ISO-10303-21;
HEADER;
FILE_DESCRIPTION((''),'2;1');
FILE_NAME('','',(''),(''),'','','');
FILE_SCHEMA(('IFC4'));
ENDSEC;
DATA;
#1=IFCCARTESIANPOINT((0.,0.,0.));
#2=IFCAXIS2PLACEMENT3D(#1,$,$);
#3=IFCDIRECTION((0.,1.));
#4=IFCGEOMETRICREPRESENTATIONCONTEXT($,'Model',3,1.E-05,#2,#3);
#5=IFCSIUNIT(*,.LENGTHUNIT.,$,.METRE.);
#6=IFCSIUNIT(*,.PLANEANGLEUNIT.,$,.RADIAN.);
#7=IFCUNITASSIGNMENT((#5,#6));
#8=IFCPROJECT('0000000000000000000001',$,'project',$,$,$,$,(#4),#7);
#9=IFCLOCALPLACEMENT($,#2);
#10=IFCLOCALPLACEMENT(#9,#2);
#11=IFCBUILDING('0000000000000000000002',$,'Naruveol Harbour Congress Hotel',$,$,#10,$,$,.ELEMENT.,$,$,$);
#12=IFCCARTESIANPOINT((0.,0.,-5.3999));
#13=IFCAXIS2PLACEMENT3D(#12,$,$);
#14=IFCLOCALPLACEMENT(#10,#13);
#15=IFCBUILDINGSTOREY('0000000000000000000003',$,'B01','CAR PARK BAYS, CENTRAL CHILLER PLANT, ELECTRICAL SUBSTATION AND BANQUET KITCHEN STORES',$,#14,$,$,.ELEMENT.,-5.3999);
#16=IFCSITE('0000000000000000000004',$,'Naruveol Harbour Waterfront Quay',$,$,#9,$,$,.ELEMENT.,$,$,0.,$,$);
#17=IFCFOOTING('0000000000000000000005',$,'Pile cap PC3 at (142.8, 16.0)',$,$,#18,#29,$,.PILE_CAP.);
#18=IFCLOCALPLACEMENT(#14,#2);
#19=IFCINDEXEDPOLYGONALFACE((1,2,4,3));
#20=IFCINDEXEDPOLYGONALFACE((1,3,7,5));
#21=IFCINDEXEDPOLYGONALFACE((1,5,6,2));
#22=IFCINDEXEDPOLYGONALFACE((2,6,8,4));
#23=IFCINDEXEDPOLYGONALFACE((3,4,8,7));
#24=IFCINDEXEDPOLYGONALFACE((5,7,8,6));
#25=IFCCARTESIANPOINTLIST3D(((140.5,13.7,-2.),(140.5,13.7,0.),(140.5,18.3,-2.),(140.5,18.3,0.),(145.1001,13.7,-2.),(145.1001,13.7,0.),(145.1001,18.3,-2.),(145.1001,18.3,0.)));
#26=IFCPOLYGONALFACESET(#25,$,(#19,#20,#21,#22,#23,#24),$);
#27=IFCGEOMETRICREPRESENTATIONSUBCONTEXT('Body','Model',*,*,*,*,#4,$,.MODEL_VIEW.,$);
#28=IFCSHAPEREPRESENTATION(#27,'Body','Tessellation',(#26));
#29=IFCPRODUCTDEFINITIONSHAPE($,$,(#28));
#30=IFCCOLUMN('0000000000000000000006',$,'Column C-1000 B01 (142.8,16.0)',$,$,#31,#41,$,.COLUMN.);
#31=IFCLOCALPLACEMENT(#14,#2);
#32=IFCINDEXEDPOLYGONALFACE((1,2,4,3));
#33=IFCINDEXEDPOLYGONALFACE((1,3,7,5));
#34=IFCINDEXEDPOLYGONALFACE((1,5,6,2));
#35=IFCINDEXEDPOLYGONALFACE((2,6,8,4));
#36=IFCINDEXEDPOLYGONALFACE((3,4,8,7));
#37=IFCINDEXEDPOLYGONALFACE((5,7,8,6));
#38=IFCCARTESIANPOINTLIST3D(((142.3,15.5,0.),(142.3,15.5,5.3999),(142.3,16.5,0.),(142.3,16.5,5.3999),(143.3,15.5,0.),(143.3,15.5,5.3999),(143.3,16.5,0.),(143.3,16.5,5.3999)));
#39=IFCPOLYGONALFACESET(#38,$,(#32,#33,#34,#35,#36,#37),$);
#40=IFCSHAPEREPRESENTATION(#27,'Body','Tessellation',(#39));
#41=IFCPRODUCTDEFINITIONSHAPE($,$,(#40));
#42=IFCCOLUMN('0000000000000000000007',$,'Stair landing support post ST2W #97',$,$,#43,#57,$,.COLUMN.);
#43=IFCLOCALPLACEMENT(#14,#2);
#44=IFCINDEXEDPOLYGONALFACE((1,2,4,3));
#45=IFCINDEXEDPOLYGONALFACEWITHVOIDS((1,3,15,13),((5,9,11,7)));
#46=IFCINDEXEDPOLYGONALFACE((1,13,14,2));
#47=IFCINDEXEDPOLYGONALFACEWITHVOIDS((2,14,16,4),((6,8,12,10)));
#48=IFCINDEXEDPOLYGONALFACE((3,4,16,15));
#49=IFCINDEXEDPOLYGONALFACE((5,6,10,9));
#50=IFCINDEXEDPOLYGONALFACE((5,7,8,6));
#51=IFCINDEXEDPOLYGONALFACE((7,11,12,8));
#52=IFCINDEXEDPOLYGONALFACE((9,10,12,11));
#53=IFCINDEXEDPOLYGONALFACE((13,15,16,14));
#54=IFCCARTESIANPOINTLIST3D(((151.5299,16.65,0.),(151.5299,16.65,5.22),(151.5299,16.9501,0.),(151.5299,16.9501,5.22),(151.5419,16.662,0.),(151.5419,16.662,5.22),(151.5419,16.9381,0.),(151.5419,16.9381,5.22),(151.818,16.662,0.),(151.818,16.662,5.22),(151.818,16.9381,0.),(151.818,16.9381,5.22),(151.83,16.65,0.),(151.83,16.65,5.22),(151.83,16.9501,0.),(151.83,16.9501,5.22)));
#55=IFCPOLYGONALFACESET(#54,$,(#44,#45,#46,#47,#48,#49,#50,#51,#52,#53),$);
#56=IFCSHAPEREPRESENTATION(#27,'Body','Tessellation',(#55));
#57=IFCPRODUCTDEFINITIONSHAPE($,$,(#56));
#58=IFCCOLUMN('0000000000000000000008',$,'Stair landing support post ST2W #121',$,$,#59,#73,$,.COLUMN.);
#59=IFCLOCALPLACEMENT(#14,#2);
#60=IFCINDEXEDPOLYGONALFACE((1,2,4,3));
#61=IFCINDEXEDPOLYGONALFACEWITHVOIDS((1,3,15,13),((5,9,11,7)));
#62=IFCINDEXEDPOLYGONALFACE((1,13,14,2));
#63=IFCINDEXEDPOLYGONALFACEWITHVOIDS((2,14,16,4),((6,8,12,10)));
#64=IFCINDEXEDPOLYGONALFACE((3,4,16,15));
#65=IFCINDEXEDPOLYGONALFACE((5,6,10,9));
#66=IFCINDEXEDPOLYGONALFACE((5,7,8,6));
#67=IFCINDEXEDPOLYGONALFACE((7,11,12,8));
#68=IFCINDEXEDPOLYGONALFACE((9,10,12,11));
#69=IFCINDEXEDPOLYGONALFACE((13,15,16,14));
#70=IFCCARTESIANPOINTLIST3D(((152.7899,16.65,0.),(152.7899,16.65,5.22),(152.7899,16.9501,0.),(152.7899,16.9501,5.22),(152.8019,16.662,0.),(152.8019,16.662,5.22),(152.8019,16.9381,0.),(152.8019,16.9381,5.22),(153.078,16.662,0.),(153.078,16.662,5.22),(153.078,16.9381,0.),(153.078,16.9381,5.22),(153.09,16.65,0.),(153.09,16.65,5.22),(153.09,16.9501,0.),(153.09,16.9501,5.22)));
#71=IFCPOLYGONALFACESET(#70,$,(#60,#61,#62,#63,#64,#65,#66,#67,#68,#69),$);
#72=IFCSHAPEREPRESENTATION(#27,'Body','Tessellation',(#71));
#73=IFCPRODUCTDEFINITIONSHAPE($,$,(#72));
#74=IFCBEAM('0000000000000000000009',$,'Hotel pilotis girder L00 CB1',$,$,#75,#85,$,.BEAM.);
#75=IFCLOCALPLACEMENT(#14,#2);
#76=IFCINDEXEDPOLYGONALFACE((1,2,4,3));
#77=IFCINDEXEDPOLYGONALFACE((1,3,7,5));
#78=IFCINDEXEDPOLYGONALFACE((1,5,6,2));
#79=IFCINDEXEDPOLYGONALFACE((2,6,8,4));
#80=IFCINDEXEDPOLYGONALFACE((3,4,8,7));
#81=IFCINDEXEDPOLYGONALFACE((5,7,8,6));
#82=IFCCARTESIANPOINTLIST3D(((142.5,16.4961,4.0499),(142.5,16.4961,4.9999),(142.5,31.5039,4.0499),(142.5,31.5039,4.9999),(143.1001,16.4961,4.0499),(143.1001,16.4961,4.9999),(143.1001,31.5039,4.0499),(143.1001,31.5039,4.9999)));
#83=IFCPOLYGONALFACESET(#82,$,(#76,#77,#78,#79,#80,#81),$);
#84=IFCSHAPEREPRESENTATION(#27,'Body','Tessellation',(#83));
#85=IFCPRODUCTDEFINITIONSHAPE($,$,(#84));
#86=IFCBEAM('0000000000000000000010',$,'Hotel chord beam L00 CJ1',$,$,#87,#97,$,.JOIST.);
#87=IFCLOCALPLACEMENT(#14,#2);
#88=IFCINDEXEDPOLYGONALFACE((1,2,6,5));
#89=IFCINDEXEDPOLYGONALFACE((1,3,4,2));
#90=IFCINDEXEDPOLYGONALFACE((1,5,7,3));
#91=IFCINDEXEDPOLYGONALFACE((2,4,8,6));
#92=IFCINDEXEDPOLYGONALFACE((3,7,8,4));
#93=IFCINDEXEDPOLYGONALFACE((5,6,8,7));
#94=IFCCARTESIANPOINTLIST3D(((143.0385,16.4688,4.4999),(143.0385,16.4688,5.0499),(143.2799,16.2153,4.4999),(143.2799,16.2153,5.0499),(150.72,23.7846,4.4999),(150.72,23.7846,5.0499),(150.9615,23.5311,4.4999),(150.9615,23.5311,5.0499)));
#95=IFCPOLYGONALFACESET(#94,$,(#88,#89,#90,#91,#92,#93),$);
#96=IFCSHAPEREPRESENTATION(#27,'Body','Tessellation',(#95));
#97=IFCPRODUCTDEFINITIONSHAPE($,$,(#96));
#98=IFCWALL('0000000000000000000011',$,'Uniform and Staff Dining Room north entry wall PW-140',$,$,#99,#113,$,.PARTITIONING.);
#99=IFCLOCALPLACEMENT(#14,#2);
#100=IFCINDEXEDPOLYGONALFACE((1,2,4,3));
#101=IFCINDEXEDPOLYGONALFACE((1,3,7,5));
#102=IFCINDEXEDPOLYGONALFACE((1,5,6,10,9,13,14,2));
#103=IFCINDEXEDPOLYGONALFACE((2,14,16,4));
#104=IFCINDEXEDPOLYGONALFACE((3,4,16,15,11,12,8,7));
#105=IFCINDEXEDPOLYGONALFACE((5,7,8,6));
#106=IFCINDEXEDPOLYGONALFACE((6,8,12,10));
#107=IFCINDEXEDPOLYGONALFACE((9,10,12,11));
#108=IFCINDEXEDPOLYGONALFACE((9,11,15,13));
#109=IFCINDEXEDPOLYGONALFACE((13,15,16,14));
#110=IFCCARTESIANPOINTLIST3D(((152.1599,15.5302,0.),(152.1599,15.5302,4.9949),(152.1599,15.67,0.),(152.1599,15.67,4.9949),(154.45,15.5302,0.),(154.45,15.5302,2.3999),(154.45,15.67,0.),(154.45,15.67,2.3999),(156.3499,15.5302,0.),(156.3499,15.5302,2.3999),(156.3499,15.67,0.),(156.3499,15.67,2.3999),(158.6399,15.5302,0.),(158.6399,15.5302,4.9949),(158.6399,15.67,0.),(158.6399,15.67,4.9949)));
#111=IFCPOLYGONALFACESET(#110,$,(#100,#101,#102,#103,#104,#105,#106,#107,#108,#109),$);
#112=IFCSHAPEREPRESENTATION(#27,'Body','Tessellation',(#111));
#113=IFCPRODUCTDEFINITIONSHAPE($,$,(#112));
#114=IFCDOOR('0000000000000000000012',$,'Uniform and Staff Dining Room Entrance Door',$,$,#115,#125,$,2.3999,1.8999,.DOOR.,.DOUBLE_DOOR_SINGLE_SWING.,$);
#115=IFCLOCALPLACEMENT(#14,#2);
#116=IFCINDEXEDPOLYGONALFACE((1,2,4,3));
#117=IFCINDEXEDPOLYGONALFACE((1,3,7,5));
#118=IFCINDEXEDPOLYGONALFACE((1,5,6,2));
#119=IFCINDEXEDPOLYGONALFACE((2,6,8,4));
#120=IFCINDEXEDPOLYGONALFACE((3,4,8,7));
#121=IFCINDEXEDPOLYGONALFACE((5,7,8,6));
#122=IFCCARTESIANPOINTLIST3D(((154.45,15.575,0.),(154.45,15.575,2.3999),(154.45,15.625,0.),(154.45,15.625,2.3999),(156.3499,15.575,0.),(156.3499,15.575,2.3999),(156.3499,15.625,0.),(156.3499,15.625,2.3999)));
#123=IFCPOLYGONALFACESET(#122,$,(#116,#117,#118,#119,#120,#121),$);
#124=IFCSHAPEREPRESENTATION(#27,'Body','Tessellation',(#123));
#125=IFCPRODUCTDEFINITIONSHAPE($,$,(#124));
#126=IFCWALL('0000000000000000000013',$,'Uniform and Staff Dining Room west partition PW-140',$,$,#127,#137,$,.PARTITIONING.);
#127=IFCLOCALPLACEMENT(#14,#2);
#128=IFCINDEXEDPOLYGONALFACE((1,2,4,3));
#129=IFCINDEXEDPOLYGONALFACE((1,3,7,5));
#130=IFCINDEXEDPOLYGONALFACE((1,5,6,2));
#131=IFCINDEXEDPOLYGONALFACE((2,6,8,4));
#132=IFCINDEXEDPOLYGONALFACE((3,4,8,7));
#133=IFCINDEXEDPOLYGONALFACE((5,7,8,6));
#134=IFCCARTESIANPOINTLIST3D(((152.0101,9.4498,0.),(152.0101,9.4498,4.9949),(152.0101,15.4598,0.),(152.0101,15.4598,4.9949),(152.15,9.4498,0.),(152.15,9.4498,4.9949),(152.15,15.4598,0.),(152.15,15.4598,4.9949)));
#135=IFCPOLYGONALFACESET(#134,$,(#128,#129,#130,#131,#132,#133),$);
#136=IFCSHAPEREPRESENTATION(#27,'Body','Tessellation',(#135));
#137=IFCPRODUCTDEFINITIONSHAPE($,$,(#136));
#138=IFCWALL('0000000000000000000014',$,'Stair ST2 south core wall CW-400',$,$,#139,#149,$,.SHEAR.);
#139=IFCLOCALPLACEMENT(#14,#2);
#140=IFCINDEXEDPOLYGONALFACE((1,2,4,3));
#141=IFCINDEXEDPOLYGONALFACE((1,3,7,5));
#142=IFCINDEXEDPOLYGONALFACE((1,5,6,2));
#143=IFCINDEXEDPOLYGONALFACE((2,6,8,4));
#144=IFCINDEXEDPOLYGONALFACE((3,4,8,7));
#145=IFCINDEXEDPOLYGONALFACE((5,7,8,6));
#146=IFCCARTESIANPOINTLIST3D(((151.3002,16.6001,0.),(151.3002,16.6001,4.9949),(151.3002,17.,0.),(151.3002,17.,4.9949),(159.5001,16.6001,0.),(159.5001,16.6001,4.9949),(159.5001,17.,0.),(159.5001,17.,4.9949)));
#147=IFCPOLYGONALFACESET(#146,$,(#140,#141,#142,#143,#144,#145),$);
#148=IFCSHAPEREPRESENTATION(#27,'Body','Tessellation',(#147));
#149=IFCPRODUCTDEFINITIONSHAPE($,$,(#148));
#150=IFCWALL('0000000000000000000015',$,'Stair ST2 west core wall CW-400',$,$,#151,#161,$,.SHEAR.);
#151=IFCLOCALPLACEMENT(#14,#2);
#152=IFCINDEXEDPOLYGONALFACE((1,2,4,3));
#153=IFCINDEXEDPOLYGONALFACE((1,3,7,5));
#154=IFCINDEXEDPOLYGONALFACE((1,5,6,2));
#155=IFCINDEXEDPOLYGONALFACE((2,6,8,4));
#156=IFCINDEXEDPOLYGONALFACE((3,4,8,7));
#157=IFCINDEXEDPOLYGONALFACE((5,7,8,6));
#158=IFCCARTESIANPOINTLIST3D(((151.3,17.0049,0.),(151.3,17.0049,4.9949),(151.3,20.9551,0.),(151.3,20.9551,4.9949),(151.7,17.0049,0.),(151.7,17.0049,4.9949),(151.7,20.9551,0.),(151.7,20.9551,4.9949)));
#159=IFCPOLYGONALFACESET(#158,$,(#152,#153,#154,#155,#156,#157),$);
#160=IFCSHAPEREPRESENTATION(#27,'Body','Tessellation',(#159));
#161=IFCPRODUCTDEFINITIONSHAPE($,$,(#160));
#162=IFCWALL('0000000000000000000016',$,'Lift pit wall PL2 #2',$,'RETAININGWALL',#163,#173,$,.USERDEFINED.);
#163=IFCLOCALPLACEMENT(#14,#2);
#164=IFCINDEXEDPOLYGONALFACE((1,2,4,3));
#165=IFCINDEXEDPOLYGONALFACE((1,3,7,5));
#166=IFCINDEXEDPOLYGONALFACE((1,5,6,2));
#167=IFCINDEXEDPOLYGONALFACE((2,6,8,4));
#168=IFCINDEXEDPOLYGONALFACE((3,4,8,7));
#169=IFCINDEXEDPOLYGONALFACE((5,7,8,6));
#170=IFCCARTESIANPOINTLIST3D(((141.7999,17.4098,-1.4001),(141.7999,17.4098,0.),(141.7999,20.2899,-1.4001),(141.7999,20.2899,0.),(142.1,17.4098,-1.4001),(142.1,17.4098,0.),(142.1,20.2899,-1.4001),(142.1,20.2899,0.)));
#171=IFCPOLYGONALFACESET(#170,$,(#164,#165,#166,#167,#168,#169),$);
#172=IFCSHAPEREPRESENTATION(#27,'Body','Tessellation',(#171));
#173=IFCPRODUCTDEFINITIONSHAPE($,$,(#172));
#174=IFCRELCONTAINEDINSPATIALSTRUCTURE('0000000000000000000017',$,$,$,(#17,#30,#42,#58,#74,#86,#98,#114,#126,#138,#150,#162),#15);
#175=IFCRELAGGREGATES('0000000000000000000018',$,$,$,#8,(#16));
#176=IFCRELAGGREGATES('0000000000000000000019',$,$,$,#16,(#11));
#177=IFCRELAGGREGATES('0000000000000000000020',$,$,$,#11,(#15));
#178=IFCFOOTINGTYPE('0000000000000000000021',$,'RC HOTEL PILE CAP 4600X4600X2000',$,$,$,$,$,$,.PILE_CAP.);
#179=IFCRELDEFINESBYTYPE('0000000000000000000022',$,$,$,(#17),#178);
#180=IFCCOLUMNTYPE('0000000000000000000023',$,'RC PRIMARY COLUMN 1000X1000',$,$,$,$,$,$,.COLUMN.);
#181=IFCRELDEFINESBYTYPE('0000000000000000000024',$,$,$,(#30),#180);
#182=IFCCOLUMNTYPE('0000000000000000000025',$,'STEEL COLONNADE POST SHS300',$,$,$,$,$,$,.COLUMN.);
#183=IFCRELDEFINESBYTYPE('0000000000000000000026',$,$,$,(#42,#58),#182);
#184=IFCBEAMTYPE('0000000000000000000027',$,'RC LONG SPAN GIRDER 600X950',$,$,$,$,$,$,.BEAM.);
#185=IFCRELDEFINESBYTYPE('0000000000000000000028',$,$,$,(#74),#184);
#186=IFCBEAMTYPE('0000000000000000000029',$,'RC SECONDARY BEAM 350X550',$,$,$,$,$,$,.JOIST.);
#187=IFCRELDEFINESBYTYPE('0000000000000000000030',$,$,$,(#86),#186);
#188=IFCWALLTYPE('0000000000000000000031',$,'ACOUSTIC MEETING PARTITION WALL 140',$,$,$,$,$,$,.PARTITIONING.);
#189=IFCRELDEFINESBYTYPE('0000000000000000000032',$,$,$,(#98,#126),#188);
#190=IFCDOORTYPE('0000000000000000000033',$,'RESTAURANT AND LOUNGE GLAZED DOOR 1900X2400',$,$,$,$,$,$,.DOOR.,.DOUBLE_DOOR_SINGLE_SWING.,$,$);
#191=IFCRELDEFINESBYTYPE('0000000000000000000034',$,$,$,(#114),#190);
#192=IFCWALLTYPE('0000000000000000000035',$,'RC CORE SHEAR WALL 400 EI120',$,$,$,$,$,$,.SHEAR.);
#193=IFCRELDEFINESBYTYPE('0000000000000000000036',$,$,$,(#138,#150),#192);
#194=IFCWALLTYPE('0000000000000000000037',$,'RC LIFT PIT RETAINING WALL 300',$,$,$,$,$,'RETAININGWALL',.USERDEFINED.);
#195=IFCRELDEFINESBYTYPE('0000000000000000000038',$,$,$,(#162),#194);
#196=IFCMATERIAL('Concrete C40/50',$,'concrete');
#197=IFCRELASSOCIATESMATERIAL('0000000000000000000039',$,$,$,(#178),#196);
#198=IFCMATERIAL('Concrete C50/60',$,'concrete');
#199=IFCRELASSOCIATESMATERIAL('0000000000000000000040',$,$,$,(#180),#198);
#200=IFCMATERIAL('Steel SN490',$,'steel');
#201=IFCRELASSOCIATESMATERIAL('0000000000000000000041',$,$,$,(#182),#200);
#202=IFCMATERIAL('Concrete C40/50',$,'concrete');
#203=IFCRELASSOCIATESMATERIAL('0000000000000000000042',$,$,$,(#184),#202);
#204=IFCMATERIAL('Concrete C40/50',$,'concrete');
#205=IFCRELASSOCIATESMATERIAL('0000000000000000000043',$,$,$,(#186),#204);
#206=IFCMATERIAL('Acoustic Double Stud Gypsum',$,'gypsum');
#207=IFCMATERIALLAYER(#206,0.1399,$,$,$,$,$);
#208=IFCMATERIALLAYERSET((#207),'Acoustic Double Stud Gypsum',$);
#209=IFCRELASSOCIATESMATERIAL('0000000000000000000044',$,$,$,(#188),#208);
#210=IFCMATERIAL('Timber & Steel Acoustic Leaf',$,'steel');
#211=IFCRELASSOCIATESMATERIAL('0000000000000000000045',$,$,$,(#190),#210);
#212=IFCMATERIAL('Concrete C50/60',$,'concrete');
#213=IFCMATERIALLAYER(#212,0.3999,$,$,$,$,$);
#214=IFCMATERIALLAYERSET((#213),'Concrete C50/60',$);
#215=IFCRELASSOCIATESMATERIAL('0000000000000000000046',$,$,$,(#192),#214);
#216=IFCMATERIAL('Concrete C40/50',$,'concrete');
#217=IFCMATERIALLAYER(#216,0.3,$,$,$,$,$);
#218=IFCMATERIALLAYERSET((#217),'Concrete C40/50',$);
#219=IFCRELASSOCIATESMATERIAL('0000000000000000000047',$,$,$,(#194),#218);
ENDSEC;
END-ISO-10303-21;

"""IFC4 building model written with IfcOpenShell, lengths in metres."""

from ifc_helpers import new_model, si_unit, direction, frame, frame_2d, origin, origin_2d, place, context, subcontext, project, spatial, rectangle, hollow_rectangle, extrude, material, layer, layer_set, material_profile, profile_set, type_object, element, fill, save


model = new_model("IFC4")

# Units and contexts
model_context = context("Model", 3, precision=1e-05, world=origin(), true_north=direction((0.0, 1.0)))
body_context = subcontext(model_context, "Body", "Model", "MODEL_VIEW")
ifc_project = project(units=[si_unit("LENGTHUNIT", "METRE"), si_unit("PLANEANGLEUNIT", "RADIAN")], contexts=[model_context])

# Site, building, storey
site_placement = place(None, origin())
site = spatial("IfcSite", under=ifc_project, at=site_placement, Name="Naruveol Harbour Waterfront Quay", CompositionType="ELEMENT", RefElevation=0.0)
building_placement = place(site_placement, origin())
building = spatial("IfcBuilding", under=site, at=building_placement, Name="Naruveol Harbour Congress Hotel", CompositionType="ELEMENT")
storey_placement = place(building_placement, frame((0.0, 0.0, -5.3999)))
storey = spatial("IfcBuildingStorey", under=building, at=storey_placement, Name="B01", Description="CAR PARK BAYS, CENTRAL CHILLER PLANT, ELECTRICAL SUBSTATION AND BANQUET KITCHEN STORES", CompositionType="ELEMENT", Elevation=-5.3999)

# Footing
ifc_material_1 = material(Name="Concrete C40/50", Category="concrete")
footing_type = type_object("IfcFootingType", Name="RC HOTEL PILE CAP 4600X4600X2000", PredefinedType="PILE_CAP", material=ifc_material_1)
footing_placement = place(storey_placement, frame((142.8, 16.0, -2.0), z_axis=(0.0, 0.0, 1.0), x_axis=(1.0, 0.0, 0.0)))
element("IfcFooting", 1, at=footing_placement, inside=storey, type_object=footing_type, Name="Pile cap PC3 at (142.8, 16.0)", PredefinedType="PILE_CAP", context=body_context, shape_type="SweptSolid", body=[
    extrude(rectangle(XDim=4.6001, YDim=4.6001, at=origin_2d()), origin(), (0.0, 0.0, 1.0), 2.0),
])

# Columns
ifc_material_2 = material(Name="Concrete C50/60", Category="concrete")
ifc_material_profile_1 = material_profile(ifc_material_2, rectangle(XDim=1.0, YDim=1.0, at=origin_2d()), Name="RC-1000x1000")
ifc_profile_set_1 = profile_set([ifc_material_profile_1], Name="Concrete C50/60")
column_type_1 = type_object("IfcColumnType", Name="RC PRIMARY COLUMN 1000X1000", PredefinedType="COLUMN", material=ifc_profile_set_1)
column_placement = place(storey_placement, frame((142.8, 16.0, 0.0), z_axis=(0.0, 0.0, 1.0), x_axis=(1.0, 0.0, 0.0)))
element("IfcColumn", 2, at=column_placement, inside=storey, type_object=column_type_1, Name="Column C-1000 B01 (142.8,16.0)", PredefinedType="COLUMN", context=body_context, shape_type="SweptSolid", body=[
    extrude(rectangle(XDim=1.0, YDim=1.0, at=origin_2d()), origin(), (0.0, 0.0, 1.0), 5.3999),
])
ifc_material_3 = material(Name="Steel SN490", Category="steel")
ifc_material_profile_2 = material_profile(ifc_material_3, hollow_rectangle(XDim=0.3, YDim=0.3, WallThickness=0.012, at=origin_2d()), Name="SHS-300x300x12")
ifc_profile_set_2 = profile_set([ifc_material_profile_2], Name="Steel SN490")
column_type_2 = type_object("IfcColumnType", Name="STEEL COLONNADE POST SHS300", PredefinedType="COLUMN", material=ifc_profile_set_2)
for number, where, z_axis, x_axis, name in (
    (3, (151.6799, 16.8, 0.0), (0.0, 0.0, 1.0), (1.0, 0.0, 0.0), "Stair landing support post ST2W #97"),
    (4, (152.9399, 16.8, 0.0), (0.0, 0.0, 1.0), (1.0, 0.0, 0.0), "Stair landing support post ST2W #121"),
):
    element("IfcColumn", number, at=place(storey_placement, frame(where, z_axis=z_axis, x_axis=x_axis)), inside=storey, type_object=column_type_2, Name=name, PredefinedType="COLUMN", context=body_context, shape_type="SweptSolid", body=[
        extrude(hollow_rectangle(XDim=0.3, YDim=0.3, WallThickness=0.012, at=origin_2d()), origin(), (0.0, 0.0, 1.0), 5.22),
    ])

# Beams
ifc_material_4 = material(Name="Concrete C40/50", Category="concrete")
ifc_material_profile_3 = material_profile(ifc_material_4, rectangle(XDim=0.6001, YDim=0.95, at=origin_2d()), Name="RCB-600x950")
ifc_profile_set_3 = profile_set([ifc_material_profile_3], Name="Concrete C40/50")
beam_type_1 = type_object("IfcBeamType", Name="RC LONG SPAN GIRDER 600X950", PredefinedType="BEAM", material=ifc_profile_set_3)
beam_1_placement = place(storey_placement, frame((142.8, 16.4961, 4.5249), z_axis=(0.0, 1.0, 0.0), x_axis=(-1.0, 0.0, 0.0)))
element("IfcBeam", 5, at=beam_1_placement, inside=storey, type_object=beam_type_1, Name="Hotel pilotis girder L00 CB1", PredefinedType="BEAM", context=body_context, shape_type="SweptSolid", body=[
    extrude(rectangle(XDim=0.6001, YDim=0.95, at=origin_2d()), origin(), (0.0, 0.0, 1.0), 15.0078),
])
ifc_material_5 = material(Name="Concrete C40/50", Category="concrete")
ifc_material_profile_4 = material_profile(ifc_material_5, rectangle(XDim=0.3501, YDim=0.55, at=origin_2d()), Name="RCB-350x550")
ifc_profile_set_4 = profile_set([ifc_material_profile_4], Name="Concrete C40/50")
beam_type_2 = type_object("IfcBeamType", Name="RC SECONDARY BEAM 350X550", PredefinedType="JOIST", material=ifc_profile_set_4)
beam_2_placement = place(storey_placement, frame((143.1592, 16.342, 4.7749), z_axis=(0.724135, 0.689659, 0.0), x_axis=(-0.689659, 0.724135, 0.0)))
element("IfcBeam", 6, at=beam_2_placement, inside=storey, type_object=beam_type_2, Name="Hotel chord beam L00 CJ1", PredefinedType="JOIST", context=body_context, shape_type="SweptSolid", body=[
    extrude(rectangle(XDim=0.3501, YDim=0.55, at=origin_2d()), origin(), (0.0, 0.0, 1.0), 10.6079),
])

# Wall, opening, door
ifc_material_6 = material(Name="Acoustic Double Stud Gypsum", Category="gypsum")
ifc_layer_1 = layer(ifc_material_6, 0.1399)
ifc_layer_set_1 = layer_set([ifc_layer_1], Name="Acoustic Double Stud Gypsum")
wall_type_1 = type_object("IfcWallType", Name="ACOUSTIC MEETING PARTITION WALL 140", PredefinedType="PARTITIONING", material=ifc_layer_set_1)
wall_1_placement = place(storey_placement, frame((152.1599, 15.6001, 0.0), z_axis=(0.0, 0.0, 1.0), x_axis=(1.0, 0.0, 0.0)))
wall_1 = element("IfcWall", 7, at=wall_1_placement, inside=storey, type_object=wall_type_1, Name="Uniform and Staff Dining Room north entry wall PW-140", PredefinedType="PARTITIONING", context=body_context, shape_type="SweptSolid", body=[
    extrude(rectangle(XDim=6.48, YDim=0.1399, at=frame_2d((3.24, 0.0))), origin(), (0.0, 0.0, 1.0), 4.9949),
])
opening_1_placement = place(wall_1_placement, frame((2.29, 0.0, 0.0)))
opening_1 = element("IfcOpeningElement", 8, at=opening_1_placement, cuts=wall_1, PredefinedType="OPENING", context=body_context, shape_type="SweptSolid", body=[
    extrude(rectangle(XDim=1.8999, YDim=2.3999, at=frame_2d((0.95, 1.2))), frame((0.0, 0.0798, 0.0), z_axis=(0.0, -1.0, 0.0), x_axis=(1.0, 0.0, 0.0)), (0.0, 0.0, 1.0), 0.1599),
])
ifc_material_7 = material(Name="Timber & Steel Acoustic Leaf", Category="steel")
door_type_1 = type_object("IfcDoorType", Name="RESTAURANT AND LOUNGE GLAZED DOOR 1900X2400", OperationType="DOUBLE_DOOR_SINGLE_SWING", PredefinedType="DOOR", material=ifc_material_7)
door_1_placement = place(opening_1_placement, origin())
door_1 = element("IfcDoor", 9, at=door_1_placement, inside=storey, type_object=door_type_1, Name="Uniform and Staff Dining Room Entrance Door", OperationType="DOUBLE_DOOR_SINGLE_SWING", OverallHeight=2.3999, OverallWidth=1.8999, PredefinedType="DOOR", context=body_context, shape_type="SweptSolid", body=[
    extrude(rectangle(XDim=1.8999, YDim=2.3999, at=frame_2d((0.95, 1.2))), frame((0.0, 0.0249, 0.0), z_axis=(0.0, -1.0, 0.0), x_axis=(1.0, 0.0, 0.0)), (0.0, 0.0, 1.0), 0.05),
])
fill(opening_1, door_1)

# Walls
wall_2_placement = place(storey_placement, frame((152.0801, 9.45, 0.0), z_axis=(0.0, 0.0, 1.0), x_axis=(0.0, 1.0, 0.0)))
element("IfcWall", 10, at=wall_2_placement, inside=storey, type_object=wall_type_1, Name="Uniform and Staff Dining Room west partition PW-140", PredefinedType="PARTITIONING", context=body_context, shape_type="SweptSolid", body=[
    extrude(rectangle(XDim=6.01, YDim=0.1399, at=frame_2d((3.0049, 0.0))), origin(), (0.0, 0.0, 1.0), 4.9949),
])
ifc_material_8 = material(Name="Concrete C50/60", Category="concrete")
ifc_layer_2 = layer(ifc_material_8, 0.3999)
ifc_layer_set_2 = layer_set([ifc_layer_2], Name="Concrete C50/60")
wall_type_2 = type_object("IfcWallType", Name="RC CORE SHEAR WALL 400 EI120", PredefinedType="SHEAR", material=ifc_layer_set_2)
wall_3_placement = place(storey_placement, frame((151.3, 16.8, 0.0), z_axis=(0.0, 0.0, 1.0), x_axis=(1.0, 0.0, 0.0)))
element("IfcWall", 11, at=wall_3_placement, inside=storey, type_object=wall_type_2, Name="Stair ST2 south core wall CW-400", PredefinedType="SHEAR", context=body_context, shape_type="SweptSolid", body=[
    extrude(rectangle(XDim=8.2, YDim=0.3999, at=frame_2d((4.1001, 0.0))), origin(), (0.0, 0.0, 1.0), 4.9949),
])
wall_4_placement = place(storey_placement, frame((151.5, 17.0049, 0.0), z_axis=(0.0, 0.0, 1.0), x_axis=(0.0, 1.0, 0.0)))
element("IfcWall", 12, at=wall_4_placement, inside=storey, type_object=wall_type_2, Name="Stair ST2 west core wall CW-400", PredefinedType="SHEAR", context=body_context, shape_type="SweptSolid", body=[
    extrude(rectangle(XDim=3.9502, YDim=0.3999, at=frame_2d((1.9751, 0.0))), origin(), (0.0, 0.0, 1.0), 4.9949),
])
ifc_material_9 = material(Name="Concrete C40/50", Category="concrete")
ifc_layer_3 = layer(ifc_material_9, 0.3)
ifc_layer_set_3 = layer_set([ifc_layer_3], Name="Concrete C40/50")
wall_type_3 = type_object("IfcWallType", Name="RC LIFT PIT RETAINING WALL 300", ElementType="RETAININGWALL", PredefinedType="USERDEFINED", material=ifc_layer_set_3)
wall_5_placement = place(storey_placement, frame((141.95, 17.4099, -1.4001), z_axis=(0.0, 0.0, 1.0), x_axis=(0.0, 1.0, 0.0)))
element("IfcWall", 13, at=wall_5_placement, inside=storey, type_object=wall_type_3, Name="Lift pit wall PL2 #2", ObjectType="RETAININGWALL", PredefinedType="USERDEFINED", context=body_context, shape_type="SweptSolid", body=[
    extrude(rectangle(XDim=2.8801, YDim=0.3, at=frame_2d((1.4399, 0.0))), origin(), (0.0, 0.0, 1.0), 1.4001),
])

save(model, "model.ifc")
